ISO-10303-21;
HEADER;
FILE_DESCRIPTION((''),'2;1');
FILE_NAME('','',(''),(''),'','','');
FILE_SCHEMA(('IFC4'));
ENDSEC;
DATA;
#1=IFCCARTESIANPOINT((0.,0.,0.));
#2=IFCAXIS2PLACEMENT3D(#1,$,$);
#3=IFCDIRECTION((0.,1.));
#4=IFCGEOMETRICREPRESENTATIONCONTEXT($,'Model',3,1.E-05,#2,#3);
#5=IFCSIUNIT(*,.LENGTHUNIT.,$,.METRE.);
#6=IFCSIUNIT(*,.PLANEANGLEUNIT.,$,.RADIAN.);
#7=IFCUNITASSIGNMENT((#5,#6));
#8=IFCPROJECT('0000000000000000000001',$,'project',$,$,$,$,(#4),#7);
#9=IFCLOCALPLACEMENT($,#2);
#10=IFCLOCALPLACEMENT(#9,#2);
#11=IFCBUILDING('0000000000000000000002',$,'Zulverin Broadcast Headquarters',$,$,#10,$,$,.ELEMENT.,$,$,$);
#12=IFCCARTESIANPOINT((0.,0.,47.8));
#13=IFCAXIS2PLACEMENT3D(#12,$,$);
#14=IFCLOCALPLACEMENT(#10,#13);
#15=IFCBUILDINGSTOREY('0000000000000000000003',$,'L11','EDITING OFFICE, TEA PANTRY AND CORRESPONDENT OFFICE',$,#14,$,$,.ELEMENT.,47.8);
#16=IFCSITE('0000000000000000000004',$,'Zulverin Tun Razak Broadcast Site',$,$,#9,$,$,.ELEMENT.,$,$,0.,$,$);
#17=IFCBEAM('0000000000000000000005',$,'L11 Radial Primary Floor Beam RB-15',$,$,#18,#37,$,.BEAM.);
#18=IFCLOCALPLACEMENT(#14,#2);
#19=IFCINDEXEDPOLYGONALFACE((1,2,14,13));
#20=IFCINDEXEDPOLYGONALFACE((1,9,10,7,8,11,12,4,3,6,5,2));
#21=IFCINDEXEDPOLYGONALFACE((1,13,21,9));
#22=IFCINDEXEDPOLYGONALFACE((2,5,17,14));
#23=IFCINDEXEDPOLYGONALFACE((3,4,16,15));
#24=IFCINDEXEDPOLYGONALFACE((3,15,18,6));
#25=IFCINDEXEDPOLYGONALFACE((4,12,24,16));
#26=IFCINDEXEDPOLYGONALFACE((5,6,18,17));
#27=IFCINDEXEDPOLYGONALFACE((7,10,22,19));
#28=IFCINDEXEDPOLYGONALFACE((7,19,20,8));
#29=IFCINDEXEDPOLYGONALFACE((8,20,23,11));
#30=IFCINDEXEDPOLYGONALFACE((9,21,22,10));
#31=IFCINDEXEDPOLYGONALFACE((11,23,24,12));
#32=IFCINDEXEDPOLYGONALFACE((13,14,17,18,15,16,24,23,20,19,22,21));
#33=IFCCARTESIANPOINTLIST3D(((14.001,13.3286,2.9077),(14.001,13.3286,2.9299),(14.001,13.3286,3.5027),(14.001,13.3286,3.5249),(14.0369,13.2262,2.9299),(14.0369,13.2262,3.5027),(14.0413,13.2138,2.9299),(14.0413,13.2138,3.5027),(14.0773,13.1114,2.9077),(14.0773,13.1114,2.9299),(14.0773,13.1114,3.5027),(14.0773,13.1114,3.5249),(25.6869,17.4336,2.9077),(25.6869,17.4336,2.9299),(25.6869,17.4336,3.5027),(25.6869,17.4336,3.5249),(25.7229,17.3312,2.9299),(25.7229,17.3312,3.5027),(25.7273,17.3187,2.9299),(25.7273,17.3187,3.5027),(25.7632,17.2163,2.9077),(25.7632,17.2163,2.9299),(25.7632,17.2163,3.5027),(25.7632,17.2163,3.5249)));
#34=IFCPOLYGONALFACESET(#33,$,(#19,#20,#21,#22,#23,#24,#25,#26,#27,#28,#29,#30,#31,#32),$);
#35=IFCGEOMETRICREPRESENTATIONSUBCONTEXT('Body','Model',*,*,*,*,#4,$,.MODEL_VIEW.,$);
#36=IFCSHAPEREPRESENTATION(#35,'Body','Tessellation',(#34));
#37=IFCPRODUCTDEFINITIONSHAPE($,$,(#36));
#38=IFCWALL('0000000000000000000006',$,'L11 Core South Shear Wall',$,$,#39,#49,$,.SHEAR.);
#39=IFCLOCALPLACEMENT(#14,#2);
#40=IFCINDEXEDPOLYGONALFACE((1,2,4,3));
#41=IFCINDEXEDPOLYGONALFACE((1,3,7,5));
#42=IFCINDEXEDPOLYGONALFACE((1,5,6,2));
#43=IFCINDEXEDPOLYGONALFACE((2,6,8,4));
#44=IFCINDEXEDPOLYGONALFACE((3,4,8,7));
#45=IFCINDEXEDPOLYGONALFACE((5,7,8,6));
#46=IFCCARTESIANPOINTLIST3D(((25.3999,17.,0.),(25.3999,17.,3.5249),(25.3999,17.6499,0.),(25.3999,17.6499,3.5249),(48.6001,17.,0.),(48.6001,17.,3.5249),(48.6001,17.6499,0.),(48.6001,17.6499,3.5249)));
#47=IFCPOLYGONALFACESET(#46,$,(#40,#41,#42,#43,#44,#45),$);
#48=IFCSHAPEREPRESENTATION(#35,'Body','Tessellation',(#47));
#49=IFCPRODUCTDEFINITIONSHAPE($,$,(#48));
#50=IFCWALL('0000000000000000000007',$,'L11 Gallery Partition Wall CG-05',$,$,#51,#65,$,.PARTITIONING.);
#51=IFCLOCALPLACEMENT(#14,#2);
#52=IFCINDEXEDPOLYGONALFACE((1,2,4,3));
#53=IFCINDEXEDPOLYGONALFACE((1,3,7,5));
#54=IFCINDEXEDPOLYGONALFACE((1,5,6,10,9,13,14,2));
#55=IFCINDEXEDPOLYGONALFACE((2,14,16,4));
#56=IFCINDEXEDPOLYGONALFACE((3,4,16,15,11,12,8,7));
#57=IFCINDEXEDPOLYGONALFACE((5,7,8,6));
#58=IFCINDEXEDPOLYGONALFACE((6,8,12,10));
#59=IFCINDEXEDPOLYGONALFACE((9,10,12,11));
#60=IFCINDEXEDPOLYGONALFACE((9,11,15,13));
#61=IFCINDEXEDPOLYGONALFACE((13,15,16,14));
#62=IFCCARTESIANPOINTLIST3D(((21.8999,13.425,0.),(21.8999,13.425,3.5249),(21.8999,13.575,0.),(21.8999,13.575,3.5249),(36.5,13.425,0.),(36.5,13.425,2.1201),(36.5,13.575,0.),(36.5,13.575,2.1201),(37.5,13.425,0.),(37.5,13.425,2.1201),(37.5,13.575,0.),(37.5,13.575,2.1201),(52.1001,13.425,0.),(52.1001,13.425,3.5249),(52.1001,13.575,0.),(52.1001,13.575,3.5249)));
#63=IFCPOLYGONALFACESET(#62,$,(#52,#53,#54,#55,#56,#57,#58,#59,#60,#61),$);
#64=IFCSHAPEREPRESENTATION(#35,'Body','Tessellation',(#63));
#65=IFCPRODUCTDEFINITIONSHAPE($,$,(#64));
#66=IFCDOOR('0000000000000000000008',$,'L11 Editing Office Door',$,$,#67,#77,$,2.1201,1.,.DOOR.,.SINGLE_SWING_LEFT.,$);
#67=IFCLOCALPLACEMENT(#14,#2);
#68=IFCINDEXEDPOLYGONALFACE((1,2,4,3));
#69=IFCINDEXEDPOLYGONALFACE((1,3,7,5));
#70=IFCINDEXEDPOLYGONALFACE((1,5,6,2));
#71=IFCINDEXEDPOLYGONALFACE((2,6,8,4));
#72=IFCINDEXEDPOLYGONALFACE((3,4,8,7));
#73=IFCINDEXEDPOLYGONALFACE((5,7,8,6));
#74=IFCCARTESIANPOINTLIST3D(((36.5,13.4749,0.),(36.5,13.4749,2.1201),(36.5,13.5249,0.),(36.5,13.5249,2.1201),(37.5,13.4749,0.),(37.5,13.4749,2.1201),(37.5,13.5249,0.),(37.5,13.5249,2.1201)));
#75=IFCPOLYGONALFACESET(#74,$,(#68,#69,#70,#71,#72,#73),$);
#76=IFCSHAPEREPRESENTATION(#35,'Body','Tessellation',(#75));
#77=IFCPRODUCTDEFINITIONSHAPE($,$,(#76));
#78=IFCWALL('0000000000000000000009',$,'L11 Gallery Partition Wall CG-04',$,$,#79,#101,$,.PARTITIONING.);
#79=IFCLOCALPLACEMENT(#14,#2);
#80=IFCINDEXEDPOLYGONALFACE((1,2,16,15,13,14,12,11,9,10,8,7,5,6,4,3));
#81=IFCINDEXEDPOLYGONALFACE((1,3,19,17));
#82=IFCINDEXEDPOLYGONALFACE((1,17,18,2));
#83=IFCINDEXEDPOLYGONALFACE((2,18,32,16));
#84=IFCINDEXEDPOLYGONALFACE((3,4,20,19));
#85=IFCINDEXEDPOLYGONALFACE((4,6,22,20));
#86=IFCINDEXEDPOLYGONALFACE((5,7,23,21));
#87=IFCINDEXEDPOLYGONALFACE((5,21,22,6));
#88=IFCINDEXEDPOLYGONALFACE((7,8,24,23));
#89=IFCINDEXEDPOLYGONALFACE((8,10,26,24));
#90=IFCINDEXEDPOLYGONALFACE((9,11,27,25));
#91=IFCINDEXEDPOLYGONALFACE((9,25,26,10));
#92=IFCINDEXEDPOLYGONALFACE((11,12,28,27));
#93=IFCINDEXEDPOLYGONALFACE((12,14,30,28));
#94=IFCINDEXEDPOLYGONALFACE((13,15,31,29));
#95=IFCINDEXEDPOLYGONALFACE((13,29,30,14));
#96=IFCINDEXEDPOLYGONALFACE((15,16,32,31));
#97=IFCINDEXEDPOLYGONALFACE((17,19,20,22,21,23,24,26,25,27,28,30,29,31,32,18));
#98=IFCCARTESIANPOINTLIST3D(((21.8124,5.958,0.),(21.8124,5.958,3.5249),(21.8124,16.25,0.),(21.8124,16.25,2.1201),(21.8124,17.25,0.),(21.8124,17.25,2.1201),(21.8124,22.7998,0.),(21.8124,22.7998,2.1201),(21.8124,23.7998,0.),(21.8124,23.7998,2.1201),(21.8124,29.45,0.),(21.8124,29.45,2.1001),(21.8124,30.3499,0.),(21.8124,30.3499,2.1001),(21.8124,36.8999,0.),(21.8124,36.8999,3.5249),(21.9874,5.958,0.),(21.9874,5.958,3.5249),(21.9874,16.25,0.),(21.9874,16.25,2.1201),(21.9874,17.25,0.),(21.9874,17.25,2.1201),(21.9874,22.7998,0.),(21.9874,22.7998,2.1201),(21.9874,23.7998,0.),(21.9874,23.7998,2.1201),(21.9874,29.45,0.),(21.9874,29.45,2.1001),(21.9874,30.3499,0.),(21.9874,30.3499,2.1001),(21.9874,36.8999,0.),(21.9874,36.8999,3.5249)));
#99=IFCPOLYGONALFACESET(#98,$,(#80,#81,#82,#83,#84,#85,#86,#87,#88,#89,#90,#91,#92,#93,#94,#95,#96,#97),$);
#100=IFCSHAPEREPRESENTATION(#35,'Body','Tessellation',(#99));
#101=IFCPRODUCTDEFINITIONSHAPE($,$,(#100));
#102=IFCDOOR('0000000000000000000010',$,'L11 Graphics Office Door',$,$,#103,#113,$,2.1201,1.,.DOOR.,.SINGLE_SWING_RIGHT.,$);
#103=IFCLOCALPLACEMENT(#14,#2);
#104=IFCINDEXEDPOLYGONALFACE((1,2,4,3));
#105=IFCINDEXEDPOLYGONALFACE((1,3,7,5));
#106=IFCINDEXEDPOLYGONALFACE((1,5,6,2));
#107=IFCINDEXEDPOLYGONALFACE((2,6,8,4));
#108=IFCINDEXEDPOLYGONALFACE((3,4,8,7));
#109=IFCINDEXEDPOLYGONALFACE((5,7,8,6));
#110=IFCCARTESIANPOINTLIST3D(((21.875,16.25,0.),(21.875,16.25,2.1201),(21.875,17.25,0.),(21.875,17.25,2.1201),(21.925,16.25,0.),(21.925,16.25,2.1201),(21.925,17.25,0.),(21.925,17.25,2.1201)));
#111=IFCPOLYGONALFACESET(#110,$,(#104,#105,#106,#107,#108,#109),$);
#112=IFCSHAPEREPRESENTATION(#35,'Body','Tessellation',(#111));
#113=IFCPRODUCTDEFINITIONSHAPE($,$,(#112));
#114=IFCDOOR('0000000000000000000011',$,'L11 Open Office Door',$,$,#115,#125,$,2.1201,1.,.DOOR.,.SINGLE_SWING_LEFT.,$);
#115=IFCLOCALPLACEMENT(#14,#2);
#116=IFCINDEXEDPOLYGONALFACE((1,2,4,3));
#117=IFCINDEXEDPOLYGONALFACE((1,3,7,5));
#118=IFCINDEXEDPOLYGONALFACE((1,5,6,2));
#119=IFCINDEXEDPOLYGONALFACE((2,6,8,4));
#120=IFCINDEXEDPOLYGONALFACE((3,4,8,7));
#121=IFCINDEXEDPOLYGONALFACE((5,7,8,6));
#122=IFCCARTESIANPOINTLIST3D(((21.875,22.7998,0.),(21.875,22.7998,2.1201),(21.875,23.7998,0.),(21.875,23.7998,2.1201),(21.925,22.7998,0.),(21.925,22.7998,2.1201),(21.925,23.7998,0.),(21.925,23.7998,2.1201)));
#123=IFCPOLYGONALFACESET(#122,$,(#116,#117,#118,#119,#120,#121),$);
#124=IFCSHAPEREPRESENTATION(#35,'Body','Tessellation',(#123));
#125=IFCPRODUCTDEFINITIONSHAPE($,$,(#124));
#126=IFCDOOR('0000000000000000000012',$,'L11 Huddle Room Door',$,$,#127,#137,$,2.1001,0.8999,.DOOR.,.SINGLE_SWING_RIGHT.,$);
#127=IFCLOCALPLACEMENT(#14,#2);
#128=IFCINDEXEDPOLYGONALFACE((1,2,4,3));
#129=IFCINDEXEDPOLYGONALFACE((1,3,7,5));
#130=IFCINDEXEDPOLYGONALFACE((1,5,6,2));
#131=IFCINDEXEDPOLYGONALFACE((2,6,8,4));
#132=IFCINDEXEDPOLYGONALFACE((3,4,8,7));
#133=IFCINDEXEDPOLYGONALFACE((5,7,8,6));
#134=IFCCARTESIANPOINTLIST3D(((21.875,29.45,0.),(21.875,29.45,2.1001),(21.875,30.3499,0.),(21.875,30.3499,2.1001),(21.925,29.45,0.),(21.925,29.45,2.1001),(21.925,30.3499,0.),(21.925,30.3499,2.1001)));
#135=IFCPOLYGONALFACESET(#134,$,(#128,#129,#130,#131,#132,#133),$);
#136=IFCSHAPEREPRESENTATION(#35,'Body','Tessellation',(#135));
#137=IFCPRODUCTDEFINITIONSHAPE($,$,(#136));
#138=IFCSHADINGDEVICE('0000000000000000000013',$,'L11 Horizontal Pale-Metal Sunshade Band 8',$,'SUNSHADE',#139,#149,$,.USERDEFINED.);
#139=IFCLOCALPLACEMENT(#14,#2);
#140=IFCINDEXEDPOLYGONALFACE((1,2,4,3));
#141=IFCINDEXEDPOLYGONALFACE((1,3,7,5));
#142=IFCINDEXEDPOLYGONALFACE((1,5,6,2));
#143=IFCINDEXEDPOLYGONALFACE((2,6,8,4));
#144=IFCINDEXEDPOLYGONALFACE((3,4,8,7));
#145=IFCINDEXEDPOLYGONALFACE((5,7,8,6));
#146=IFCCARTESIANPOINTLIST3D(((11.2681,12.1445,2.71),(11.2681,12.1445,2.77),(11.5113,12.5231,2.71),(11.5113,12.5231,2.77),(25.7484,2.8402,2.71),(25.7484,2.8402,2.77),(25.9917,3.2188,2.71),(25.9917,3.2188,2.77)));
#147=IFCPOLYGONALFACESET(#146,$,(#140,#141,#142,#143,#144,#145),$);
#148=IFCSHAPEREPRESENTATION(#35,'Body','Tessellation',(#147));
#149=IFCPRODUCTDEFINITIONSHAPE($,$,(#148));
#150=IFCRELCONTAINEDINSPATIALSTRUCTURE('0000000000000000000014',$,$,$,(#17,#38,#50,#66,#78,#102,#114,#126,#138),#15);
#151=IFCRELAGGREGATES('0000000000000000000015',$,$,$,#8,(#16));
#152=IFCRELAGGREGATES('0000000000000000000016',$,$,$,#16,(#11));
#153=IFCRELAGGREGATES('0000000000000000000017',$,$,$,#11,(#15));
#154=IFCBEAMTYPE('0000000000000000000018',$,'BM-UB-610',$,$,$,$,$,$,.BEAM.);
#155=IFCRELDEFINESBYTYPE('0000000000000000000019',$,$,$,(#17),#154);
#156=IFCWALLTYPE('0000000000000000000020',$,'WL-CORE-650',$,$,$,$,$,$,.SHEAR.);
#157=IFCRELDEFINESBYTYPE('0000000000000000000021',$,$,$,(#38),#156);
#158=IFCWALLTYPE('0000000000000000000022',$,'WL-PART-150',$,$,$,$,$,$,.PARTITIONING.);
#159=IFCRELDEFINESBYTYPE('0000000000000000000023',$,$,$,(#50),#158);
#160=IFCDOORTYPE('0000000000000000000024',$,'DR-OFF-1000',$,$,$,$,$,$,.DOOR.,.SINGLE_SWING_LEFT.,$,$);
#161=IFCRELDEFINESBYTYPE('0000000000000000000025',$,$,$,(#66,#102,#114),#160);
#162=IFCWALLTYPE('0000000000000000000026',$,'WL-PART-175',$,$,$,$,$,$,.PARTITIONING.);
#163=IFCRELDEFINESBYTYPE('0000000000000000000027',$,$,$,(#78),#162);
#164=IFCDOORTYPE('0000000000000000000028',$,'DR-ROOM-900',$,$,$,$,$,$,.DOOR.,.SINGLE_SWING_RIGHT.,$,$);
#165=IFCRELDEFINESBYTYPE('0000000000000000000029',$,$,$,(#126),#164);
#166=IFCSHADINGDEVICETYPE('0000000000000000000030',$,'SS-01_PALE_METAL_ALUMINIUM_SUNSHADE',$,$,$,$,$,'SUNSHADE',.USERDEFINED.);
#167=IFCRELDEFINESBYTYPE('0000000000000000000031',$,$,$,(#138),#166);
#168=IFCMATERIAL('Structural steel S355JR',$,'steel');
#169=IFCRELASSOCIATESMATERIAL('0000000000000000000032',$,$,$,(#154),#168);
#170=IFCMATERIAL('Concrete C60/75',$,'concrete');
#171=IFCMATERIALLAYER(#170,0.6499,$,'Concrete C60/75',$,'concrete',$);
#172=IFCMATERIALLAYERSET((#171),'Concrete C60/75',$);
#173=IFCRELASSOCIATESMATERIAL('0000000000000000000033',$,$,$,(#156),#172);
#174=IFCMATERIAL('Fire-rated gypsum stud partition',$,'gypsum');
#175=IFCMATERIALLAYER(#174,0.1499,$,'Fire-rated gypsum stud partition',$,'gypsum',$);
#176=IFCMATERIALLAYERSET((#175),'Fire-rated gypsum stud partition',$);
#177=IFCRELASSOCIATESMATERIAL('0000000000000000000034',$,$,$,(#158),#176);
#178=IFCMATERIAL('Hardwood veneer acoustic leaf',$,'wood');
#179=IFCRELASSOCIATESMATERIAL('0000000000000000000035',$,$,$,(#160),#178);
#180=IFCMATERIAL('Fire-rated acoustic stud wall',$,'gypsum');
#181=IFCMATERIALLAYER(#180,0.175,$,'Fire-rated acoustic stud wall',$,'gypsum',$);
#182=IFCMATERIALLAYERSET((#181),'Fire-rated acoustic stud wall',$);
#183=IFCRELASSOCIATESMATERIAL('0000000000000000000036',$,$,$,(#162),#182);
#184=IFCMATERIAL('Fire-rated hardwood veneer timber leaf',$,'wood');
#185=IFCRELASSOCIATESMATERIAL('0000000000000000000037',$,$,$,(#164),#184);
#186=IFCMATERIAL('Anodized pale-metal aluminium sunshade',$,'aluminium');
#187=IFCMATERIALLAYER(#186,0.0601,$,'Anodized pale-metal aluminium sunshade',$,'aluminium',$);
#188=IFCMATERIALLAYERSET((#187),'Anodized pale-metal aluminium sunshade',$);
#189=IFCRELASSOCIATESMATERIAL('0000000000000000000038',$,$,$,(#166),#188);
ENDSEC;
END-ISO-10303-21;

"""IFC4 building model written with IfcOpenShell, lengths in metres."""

from ifc_helpers import new_model, si_unit, direction, frame, frame_2d, origin, origin_2d, place, context, subcontext, project, spatial, rectangle, i_section, extrude, material, layer, layer_set, material_profile, profile_set, type_object, element, fill, save


model = new_model("IFC4")

# Units and contexts
model_context = context("Model", 3, precision=1e-05, world=origin(), true_north=direction((0.0, 1.0)))
body_context = subcontext(model_context, "Body", "Model", "MODEL_VIEW")
ifc_project = project(units=[si_unit("LENGTHUNIT", "METRE"), si_unit("PLANEANGLEUNIT", "RADIAN")], contexts=[model_context])

# Site, building, storey
site_placement = place(None, origin())
site = spatial("IfcSite", under=ifc_project, at=site_placement, Name="Zulverin Tun Razak Broadcast Site", CompositionType="ELEMENT", RefElevation=0.0)
building_placement = place(site_placement, origin())
building = spatial("IfcBuilding", under=site, at=building_placement, Name="Zulverin Broadcast Headquarters", CompositionType="ELEMENT")
storey_placement = place(building_placement, frame((0.0, 0.0, 47.8)))
storey = spatial("IfcBuildingStorey", under=building, at=storey_placement, Name="L11", Description="EDITING OFFICE, TEA PANTRY AND CORRESPONDENT OFFICE", CompositionType="ELEMENT", Elevation=47.8)

# Shared definitions
ifc_material_1 = material(Name="Concrete C60/75", Category="concrete")

# Beam
ifc_material_2 = material(Name="Structural steel S355JR", Category="steel")
ifc_material_profile_1 = material_profile(ifc_material_2, i_section(OverallWidth=0.2302, OverallDepth=0.6172, WebThickness=0.0132, FlangeThickness=0.0222, at=origin_2d()), Name="Structural steel S355JR", Category="steel")
ifc_profile_set_1 = profile_set([ifc_material_profile_1], Name="Structural steel S355JR")
beam_type_1 = type_object("IfcBeamType", Name="BM-UB-610", PredefinedType="BEAM", material=ifc_profile_set_1)
beam_1_placement = place(storey_placement, frame((25.7251, 17.325, 3.2163), z_axis=(-0.943483, -0.33142, 0.0), x_axis=(0.33142, -0.943483, 0.0)))
element("IfcBeam", 1, at=beam_1_placement, inside=storey, type_object=beam_type_1, Name="L11 Radial Primary Floor Beam RB-15", PredefinedType="BEAM", context=body_context, shape_type="SweptSolid", body=[
    extrude(i_section(OverallWidth=0.2302, OverallDepth=0.6172, WebThickness=0.0132, FlangeThickness=0.0222, at=origin_2d()), origin(), (0.0, 0.0, 1.0), 12.386),
])

# Wall
ifc_layer_1 = layer(ifc_material_1, 0.6499, Name="Concrete C60/75", Category="concrete")
ifc_layer_set_1 = layer_set([ifc_layer_1], Name="Concrete C60/75")
wall_type_1 = type_object("IfcWallType", Name="WL-CORE-650", PredefinedType="SHEAR", material=ifc_layer_set_1)
wall_1_placement = place(storey_placement, frame((25.3999, 17.325, 0.0), z_axis=(0.0, 0.0, 1.0), x_axis=(1.0, 0.0, 0.0)))
element("IfcWall", 2, at=wall_1_placement, inside=storey, type_object=wall_type_1, Name="L11 Core South Shear Wall", PredefinedType="SHEAR", context=body_context, shape_type="SweptSolid", body=[
    extrude(rectangle(XDim=23.2002, YDim=0.6499, at=frame_2d((11.6001, 0.0))), origin(), (0.0, 0.0, 1.0), 3.5249),
])

# Wall, opening, door
ifc_material_3 = material(Name="Fire-rated gypsum stud partition", Category="gypsum")
ifc_layer_2 = layer(ifc_material_3, 0.1499, Name="Fire-rated gypsum stud partition", Category="gypsum")
ifc_layer_set_2 = layer_set([ifc_layer_2], Name="Fire-rated gypsum stud partition")
wall_type_2 = type_object("IfcWallType", Name="WL-PART-150", PredefinedType="PARTITIONING", material=ifc_layer_set_2)
wall_2_placement = place(storey_placement, frame((21.8999, 13.5, 0.0), z_axis=(0.0, 0.0, 1.0), x_axis=(1.0, 0.0, 0.0)))
wall_2 = element("IfcWall", 3, at=wall_2_placement, inside=storey, type_object=wall_type_2, Name="L11 Gallery Partition Wall CG-05", PredefinedType="PARTITIONING", context=body_context, shape_type="SweptSolid", body=[
    extrude(rectangle(XDim=30.2002, YDim=0.1499, at=frame_2d((15.1001, 0.0))), origin(), (0.0, 0.0, 1.0), 3.5249),
])
opening_1_placement = place(wall_2_placement, frame((14.6001, 0.0, 0.0)))
opening_1 = element("IfcOpeningElement", 4, at=opening_1_placement, cuts=wall_2, PredefinedType="OPENING", context=body_context, shape_type="SweptSolid", body=[
    extrude(rectangle(XDim=1.0, YDim=2.1201, at=frame_2d((0.5, 1.0601))), frame((0.0, 0.085, 0.0), z_axis=(0.0, -1.0, 0.0), x_axis=(1.0, 0.0, 0.0)), (0.0, 0.0, 1.0), 0.1699),
])
ifc_material_4 = material(Name="Hardwood veneer acoustic leaf", Category="wood")
door_type_1 = type_object("IfcDoorType", Name="DR-OFF-1000", OperationType="SINGLE_SWING_LEFT", PredefinedType="DOOR", material=ifc_material_4)
door_1_placement = place(opening_1_placement, origin())
door_1 = element("IfcDoor", 5, at=door_1_placement, inside=storey, type_object=door_type_1, Name="L11 Editing Office Door", OperationType="SINGLE_SWING_LEFT", OverallHeight=2.1201, OverallWidth=1.0, PredefinedType="DOOR", context=body_context, shape_type="SweptSolid", body=[
    extrude(rectangle(XDim=1.0, YDim=2.1201, at=frame_2d((0.5, 1.0601))), frame((0.0, 0.0249, 0.0), z_axis=(0.0, -1.0, 0.0), x_axis=(1.0, 0.0, 0.0)), (0.0, 0.0, 1.0), 0.05),
])
fill(opening_1, door_1)

# Wall, openings, doors
ifc_material_5 = material(Name="Fire-rated acoustic stud wall", Category="gypsum")
ifc_layer_3 = layer(ifc_material_5, 0.175, Name="Fire-rated acoustic stud wall", Category="gypsum")
ifc_layer_set_3 = layer_set([ifc_layer_3], Name="Fire-rated acoustic stud wall")
wall_type_3 = type_object("IfcWallType", Name="WL-PART-175", PredefinedType="PARTITIONING", material=ifc_layer_set_3)
wall_3_placement = place(storey_placement, frame((21.8999, 5.958, 0.0), z_axis=(0.0, 0.0, 1.0), x_axis=(0.0, 1.0, 0.0)))
wall_3 = element("IfcWall", 6, at=wall_3_placement, inside=storey, type_object=wall_type_3, Name="L11 Gallery Partition Wall CG-04", PredefinedType="PARTITIONING", context=body_context, shape_type="SweptSolid", body=[
    extrude(rectangle(XDim=30.9419, YDim=0.175, at=frame_2d((15.4709, 0.0))), origin(), (0.0, 0.0, 1.0), 3.5249),
])
opening_2_placement = place(wall_3_placement, frame((10.292, 0.0, 0.0)))
opening_2 = element("IfcOpeningElement", 7, at=opening_2_placement, cuts=wall_3, PredefinedType="OPENING", context=body_context, shape_type="SweptSolid", body=[
    extrude(rectangle(XDim=1.0, YDim=2.1201, at=frame_2d((0.5, 1.0601))), frame((0.0, 0.0974, 0.0), z_axis=(0.0, -1.0, 0.0), x_axis=(1.0, 0.0, 0.0)), (0.0, 0.0, 1.0), 0.1951),
])
opening_3_placement = place(wall_3_placement, frame((16.8418, 0.0, 0.0)))
opening_3 = element("IfcOpeningElement", 8, at=opening_3_placement, cuts=wall_3, PredefinedType="OPENING", context=body_context, shape_type="SweptSolid", body=[
    extrude(rectangle(XDim=1.0, YDim=2.1201, at=frame_2d((0.5, 1.0601))), frame((0.0, 0.0974, 0.0), z_axis=(0.0, -1.0, 0.0), x_axis=(1.0, 0.0, 0.0)), (0.0, 0.0, 1.0), 0.1951),
])
opening_4_placement = place(wall_3_placement, frame((23.4919, 0.0, 0.0)))
opening_4 = element("IfcOpeningElement", 9, at=opening_4_placement, cuts=wall_3, PredefinedType="OPENING", context=body_context, shape_type="SweptSolid", body=[
    extrude(rectangle(XDim=0.8999, YDim=2.1001, at=frame_2d((0.45, 1.05))), frame((0.0, 0.0974, 0.0), z_axis=(0.0, -1.0, 0.0), x_axis=(1.0, 0.0, 0.0)), (0.0, 0.0, 1.0), 0.1951),
])
door_2_placement = place(opening_2_placement, origin())
door_2 = element("IfcDoor", 10, at=door_2_placement, inside=storey, type_object=door_type_1, Name="L11 Graphics Office Door", OperationType="SINGLE_SWING_RIGHT", OverallHeight=2.1201, OverallWidth=1.0, PredefinedType="DOOR", context=body_context, shape_type="SweptSolid", body=[
    extrude(rectangle(XDim=1.0, YDim=2.1201, at=frame_2d((0.5, 1.0601))), frame((0.0, 0.0249, 0.0), z_axis=(0.0, -1.0, 0.0), x_axis=(1.0, 0.0, 0.0)), (0.0, 0.0, 1.0), 0.05),
])
fill(opening_2, door_2)
door_3_placement = place(opening_3_placement, origin())
door_3 = element("IfcDoor", 11, at=door_3_placement, inside=storey, type_object=door_type_1, Name="L11 Open Office Door", OperationType="SINGLE_SWING_LEFT", OverallHeight=2.1201, OverallWidth=1.0, PredefinedType="DOOR", context=body_context, shape_type="SweptSolid", body=[
    extrude(rectangle(XDim=1.0, YDim=2.1201, at=frame_2d((0.5, 1.0601))), frame((0.0, 0.0249, 0.0), z_axis=(0.0, -1.0, 0.0), x_axis=(1.0, 0.0, 0.0)), (0.0, 0.0, 1.0), 0.05),
])
fill(opening_3, door_3)
ifc_material_6 = material(Name="Fire-rated hardwood veneer timber leaf", Category="wood")
door_type_2 = type_object("IfcDoorType", Name="DR-ROOM-900", OperationType="SINGLE_SWING_RIGHT", PredefinedType="DOOR", material=ifc_material_6)
door_4_placement = place(opening_4_placement, origin())
door_4 = element("IfcDoor", 12, at=door_4_placement, inside=storey, type_object=door_type_2, Name="L11 Huddle Room Door", OperationType="SINGLE_SWING_RIGHT", OverallHeight=2.1001, OverallWidth=0.8999, PredefinedType="DOOR", context=body_context, shape_type="SweptSolid", body=[
    extrude(rectangle(XDim=0.8999, YDim=2.1001, at=frame_2d((0.45, 1.05))), frame((0.0, 0.0249, 0.0), z_axis=(0.0, -1.0, 0.0), x_axis=(1.0, 0.0, 0.0)), (0.0, 0.0, 1.0), 0.05),
])
fill(opening_4, door_4)

# Shading device
ifc_material_7 = material(Name="Anodized pale-metal aluminium sunshade", Category="aluminium")
ifc_layer_4 = layer(ifc_material_7, 0.0601, Name="Anodized pale-metal aluminium sunshade", Category="aluminium")
ifc_layer_set_4 = layer_set([ifc_layer_4], Name="Anodized pale-metal aluminium sunshade")
shading_device_type = type_object("IfcShadingDeviceType", Name="SS-01_PALE_METAL_ALUMINIUM_SUNSHADE", ElementType="SUNSHADE", PredefinedType="USERDEFINED", material=ifc_layer_set_4)
shading_device_placement = place(storey_placement, frame((18.6299, 7.6816, 2.71), z_axis=(0.0, 0.0, 1.0), x_axis=(0.841297, -0.540574, 0.0)))
element("IfcShadingDevice", 13, at=shading_device_placement, inside=storey, type_object=shading_device_type, Name="L11 Horizontal Pale-Metal Sunshade Band 8", ObjectType="SUNSHADE", PredefinedType="USERDEFINED", context=body_context, shape_type="SweptSolid", body=[
    extrude(rectangle(XDim=17.2119, YDim=0.45, at=origin_2d()), origin(), (0.0, 0.0, 1.0), 0.0601),
])

save(model, "model.ifc")
